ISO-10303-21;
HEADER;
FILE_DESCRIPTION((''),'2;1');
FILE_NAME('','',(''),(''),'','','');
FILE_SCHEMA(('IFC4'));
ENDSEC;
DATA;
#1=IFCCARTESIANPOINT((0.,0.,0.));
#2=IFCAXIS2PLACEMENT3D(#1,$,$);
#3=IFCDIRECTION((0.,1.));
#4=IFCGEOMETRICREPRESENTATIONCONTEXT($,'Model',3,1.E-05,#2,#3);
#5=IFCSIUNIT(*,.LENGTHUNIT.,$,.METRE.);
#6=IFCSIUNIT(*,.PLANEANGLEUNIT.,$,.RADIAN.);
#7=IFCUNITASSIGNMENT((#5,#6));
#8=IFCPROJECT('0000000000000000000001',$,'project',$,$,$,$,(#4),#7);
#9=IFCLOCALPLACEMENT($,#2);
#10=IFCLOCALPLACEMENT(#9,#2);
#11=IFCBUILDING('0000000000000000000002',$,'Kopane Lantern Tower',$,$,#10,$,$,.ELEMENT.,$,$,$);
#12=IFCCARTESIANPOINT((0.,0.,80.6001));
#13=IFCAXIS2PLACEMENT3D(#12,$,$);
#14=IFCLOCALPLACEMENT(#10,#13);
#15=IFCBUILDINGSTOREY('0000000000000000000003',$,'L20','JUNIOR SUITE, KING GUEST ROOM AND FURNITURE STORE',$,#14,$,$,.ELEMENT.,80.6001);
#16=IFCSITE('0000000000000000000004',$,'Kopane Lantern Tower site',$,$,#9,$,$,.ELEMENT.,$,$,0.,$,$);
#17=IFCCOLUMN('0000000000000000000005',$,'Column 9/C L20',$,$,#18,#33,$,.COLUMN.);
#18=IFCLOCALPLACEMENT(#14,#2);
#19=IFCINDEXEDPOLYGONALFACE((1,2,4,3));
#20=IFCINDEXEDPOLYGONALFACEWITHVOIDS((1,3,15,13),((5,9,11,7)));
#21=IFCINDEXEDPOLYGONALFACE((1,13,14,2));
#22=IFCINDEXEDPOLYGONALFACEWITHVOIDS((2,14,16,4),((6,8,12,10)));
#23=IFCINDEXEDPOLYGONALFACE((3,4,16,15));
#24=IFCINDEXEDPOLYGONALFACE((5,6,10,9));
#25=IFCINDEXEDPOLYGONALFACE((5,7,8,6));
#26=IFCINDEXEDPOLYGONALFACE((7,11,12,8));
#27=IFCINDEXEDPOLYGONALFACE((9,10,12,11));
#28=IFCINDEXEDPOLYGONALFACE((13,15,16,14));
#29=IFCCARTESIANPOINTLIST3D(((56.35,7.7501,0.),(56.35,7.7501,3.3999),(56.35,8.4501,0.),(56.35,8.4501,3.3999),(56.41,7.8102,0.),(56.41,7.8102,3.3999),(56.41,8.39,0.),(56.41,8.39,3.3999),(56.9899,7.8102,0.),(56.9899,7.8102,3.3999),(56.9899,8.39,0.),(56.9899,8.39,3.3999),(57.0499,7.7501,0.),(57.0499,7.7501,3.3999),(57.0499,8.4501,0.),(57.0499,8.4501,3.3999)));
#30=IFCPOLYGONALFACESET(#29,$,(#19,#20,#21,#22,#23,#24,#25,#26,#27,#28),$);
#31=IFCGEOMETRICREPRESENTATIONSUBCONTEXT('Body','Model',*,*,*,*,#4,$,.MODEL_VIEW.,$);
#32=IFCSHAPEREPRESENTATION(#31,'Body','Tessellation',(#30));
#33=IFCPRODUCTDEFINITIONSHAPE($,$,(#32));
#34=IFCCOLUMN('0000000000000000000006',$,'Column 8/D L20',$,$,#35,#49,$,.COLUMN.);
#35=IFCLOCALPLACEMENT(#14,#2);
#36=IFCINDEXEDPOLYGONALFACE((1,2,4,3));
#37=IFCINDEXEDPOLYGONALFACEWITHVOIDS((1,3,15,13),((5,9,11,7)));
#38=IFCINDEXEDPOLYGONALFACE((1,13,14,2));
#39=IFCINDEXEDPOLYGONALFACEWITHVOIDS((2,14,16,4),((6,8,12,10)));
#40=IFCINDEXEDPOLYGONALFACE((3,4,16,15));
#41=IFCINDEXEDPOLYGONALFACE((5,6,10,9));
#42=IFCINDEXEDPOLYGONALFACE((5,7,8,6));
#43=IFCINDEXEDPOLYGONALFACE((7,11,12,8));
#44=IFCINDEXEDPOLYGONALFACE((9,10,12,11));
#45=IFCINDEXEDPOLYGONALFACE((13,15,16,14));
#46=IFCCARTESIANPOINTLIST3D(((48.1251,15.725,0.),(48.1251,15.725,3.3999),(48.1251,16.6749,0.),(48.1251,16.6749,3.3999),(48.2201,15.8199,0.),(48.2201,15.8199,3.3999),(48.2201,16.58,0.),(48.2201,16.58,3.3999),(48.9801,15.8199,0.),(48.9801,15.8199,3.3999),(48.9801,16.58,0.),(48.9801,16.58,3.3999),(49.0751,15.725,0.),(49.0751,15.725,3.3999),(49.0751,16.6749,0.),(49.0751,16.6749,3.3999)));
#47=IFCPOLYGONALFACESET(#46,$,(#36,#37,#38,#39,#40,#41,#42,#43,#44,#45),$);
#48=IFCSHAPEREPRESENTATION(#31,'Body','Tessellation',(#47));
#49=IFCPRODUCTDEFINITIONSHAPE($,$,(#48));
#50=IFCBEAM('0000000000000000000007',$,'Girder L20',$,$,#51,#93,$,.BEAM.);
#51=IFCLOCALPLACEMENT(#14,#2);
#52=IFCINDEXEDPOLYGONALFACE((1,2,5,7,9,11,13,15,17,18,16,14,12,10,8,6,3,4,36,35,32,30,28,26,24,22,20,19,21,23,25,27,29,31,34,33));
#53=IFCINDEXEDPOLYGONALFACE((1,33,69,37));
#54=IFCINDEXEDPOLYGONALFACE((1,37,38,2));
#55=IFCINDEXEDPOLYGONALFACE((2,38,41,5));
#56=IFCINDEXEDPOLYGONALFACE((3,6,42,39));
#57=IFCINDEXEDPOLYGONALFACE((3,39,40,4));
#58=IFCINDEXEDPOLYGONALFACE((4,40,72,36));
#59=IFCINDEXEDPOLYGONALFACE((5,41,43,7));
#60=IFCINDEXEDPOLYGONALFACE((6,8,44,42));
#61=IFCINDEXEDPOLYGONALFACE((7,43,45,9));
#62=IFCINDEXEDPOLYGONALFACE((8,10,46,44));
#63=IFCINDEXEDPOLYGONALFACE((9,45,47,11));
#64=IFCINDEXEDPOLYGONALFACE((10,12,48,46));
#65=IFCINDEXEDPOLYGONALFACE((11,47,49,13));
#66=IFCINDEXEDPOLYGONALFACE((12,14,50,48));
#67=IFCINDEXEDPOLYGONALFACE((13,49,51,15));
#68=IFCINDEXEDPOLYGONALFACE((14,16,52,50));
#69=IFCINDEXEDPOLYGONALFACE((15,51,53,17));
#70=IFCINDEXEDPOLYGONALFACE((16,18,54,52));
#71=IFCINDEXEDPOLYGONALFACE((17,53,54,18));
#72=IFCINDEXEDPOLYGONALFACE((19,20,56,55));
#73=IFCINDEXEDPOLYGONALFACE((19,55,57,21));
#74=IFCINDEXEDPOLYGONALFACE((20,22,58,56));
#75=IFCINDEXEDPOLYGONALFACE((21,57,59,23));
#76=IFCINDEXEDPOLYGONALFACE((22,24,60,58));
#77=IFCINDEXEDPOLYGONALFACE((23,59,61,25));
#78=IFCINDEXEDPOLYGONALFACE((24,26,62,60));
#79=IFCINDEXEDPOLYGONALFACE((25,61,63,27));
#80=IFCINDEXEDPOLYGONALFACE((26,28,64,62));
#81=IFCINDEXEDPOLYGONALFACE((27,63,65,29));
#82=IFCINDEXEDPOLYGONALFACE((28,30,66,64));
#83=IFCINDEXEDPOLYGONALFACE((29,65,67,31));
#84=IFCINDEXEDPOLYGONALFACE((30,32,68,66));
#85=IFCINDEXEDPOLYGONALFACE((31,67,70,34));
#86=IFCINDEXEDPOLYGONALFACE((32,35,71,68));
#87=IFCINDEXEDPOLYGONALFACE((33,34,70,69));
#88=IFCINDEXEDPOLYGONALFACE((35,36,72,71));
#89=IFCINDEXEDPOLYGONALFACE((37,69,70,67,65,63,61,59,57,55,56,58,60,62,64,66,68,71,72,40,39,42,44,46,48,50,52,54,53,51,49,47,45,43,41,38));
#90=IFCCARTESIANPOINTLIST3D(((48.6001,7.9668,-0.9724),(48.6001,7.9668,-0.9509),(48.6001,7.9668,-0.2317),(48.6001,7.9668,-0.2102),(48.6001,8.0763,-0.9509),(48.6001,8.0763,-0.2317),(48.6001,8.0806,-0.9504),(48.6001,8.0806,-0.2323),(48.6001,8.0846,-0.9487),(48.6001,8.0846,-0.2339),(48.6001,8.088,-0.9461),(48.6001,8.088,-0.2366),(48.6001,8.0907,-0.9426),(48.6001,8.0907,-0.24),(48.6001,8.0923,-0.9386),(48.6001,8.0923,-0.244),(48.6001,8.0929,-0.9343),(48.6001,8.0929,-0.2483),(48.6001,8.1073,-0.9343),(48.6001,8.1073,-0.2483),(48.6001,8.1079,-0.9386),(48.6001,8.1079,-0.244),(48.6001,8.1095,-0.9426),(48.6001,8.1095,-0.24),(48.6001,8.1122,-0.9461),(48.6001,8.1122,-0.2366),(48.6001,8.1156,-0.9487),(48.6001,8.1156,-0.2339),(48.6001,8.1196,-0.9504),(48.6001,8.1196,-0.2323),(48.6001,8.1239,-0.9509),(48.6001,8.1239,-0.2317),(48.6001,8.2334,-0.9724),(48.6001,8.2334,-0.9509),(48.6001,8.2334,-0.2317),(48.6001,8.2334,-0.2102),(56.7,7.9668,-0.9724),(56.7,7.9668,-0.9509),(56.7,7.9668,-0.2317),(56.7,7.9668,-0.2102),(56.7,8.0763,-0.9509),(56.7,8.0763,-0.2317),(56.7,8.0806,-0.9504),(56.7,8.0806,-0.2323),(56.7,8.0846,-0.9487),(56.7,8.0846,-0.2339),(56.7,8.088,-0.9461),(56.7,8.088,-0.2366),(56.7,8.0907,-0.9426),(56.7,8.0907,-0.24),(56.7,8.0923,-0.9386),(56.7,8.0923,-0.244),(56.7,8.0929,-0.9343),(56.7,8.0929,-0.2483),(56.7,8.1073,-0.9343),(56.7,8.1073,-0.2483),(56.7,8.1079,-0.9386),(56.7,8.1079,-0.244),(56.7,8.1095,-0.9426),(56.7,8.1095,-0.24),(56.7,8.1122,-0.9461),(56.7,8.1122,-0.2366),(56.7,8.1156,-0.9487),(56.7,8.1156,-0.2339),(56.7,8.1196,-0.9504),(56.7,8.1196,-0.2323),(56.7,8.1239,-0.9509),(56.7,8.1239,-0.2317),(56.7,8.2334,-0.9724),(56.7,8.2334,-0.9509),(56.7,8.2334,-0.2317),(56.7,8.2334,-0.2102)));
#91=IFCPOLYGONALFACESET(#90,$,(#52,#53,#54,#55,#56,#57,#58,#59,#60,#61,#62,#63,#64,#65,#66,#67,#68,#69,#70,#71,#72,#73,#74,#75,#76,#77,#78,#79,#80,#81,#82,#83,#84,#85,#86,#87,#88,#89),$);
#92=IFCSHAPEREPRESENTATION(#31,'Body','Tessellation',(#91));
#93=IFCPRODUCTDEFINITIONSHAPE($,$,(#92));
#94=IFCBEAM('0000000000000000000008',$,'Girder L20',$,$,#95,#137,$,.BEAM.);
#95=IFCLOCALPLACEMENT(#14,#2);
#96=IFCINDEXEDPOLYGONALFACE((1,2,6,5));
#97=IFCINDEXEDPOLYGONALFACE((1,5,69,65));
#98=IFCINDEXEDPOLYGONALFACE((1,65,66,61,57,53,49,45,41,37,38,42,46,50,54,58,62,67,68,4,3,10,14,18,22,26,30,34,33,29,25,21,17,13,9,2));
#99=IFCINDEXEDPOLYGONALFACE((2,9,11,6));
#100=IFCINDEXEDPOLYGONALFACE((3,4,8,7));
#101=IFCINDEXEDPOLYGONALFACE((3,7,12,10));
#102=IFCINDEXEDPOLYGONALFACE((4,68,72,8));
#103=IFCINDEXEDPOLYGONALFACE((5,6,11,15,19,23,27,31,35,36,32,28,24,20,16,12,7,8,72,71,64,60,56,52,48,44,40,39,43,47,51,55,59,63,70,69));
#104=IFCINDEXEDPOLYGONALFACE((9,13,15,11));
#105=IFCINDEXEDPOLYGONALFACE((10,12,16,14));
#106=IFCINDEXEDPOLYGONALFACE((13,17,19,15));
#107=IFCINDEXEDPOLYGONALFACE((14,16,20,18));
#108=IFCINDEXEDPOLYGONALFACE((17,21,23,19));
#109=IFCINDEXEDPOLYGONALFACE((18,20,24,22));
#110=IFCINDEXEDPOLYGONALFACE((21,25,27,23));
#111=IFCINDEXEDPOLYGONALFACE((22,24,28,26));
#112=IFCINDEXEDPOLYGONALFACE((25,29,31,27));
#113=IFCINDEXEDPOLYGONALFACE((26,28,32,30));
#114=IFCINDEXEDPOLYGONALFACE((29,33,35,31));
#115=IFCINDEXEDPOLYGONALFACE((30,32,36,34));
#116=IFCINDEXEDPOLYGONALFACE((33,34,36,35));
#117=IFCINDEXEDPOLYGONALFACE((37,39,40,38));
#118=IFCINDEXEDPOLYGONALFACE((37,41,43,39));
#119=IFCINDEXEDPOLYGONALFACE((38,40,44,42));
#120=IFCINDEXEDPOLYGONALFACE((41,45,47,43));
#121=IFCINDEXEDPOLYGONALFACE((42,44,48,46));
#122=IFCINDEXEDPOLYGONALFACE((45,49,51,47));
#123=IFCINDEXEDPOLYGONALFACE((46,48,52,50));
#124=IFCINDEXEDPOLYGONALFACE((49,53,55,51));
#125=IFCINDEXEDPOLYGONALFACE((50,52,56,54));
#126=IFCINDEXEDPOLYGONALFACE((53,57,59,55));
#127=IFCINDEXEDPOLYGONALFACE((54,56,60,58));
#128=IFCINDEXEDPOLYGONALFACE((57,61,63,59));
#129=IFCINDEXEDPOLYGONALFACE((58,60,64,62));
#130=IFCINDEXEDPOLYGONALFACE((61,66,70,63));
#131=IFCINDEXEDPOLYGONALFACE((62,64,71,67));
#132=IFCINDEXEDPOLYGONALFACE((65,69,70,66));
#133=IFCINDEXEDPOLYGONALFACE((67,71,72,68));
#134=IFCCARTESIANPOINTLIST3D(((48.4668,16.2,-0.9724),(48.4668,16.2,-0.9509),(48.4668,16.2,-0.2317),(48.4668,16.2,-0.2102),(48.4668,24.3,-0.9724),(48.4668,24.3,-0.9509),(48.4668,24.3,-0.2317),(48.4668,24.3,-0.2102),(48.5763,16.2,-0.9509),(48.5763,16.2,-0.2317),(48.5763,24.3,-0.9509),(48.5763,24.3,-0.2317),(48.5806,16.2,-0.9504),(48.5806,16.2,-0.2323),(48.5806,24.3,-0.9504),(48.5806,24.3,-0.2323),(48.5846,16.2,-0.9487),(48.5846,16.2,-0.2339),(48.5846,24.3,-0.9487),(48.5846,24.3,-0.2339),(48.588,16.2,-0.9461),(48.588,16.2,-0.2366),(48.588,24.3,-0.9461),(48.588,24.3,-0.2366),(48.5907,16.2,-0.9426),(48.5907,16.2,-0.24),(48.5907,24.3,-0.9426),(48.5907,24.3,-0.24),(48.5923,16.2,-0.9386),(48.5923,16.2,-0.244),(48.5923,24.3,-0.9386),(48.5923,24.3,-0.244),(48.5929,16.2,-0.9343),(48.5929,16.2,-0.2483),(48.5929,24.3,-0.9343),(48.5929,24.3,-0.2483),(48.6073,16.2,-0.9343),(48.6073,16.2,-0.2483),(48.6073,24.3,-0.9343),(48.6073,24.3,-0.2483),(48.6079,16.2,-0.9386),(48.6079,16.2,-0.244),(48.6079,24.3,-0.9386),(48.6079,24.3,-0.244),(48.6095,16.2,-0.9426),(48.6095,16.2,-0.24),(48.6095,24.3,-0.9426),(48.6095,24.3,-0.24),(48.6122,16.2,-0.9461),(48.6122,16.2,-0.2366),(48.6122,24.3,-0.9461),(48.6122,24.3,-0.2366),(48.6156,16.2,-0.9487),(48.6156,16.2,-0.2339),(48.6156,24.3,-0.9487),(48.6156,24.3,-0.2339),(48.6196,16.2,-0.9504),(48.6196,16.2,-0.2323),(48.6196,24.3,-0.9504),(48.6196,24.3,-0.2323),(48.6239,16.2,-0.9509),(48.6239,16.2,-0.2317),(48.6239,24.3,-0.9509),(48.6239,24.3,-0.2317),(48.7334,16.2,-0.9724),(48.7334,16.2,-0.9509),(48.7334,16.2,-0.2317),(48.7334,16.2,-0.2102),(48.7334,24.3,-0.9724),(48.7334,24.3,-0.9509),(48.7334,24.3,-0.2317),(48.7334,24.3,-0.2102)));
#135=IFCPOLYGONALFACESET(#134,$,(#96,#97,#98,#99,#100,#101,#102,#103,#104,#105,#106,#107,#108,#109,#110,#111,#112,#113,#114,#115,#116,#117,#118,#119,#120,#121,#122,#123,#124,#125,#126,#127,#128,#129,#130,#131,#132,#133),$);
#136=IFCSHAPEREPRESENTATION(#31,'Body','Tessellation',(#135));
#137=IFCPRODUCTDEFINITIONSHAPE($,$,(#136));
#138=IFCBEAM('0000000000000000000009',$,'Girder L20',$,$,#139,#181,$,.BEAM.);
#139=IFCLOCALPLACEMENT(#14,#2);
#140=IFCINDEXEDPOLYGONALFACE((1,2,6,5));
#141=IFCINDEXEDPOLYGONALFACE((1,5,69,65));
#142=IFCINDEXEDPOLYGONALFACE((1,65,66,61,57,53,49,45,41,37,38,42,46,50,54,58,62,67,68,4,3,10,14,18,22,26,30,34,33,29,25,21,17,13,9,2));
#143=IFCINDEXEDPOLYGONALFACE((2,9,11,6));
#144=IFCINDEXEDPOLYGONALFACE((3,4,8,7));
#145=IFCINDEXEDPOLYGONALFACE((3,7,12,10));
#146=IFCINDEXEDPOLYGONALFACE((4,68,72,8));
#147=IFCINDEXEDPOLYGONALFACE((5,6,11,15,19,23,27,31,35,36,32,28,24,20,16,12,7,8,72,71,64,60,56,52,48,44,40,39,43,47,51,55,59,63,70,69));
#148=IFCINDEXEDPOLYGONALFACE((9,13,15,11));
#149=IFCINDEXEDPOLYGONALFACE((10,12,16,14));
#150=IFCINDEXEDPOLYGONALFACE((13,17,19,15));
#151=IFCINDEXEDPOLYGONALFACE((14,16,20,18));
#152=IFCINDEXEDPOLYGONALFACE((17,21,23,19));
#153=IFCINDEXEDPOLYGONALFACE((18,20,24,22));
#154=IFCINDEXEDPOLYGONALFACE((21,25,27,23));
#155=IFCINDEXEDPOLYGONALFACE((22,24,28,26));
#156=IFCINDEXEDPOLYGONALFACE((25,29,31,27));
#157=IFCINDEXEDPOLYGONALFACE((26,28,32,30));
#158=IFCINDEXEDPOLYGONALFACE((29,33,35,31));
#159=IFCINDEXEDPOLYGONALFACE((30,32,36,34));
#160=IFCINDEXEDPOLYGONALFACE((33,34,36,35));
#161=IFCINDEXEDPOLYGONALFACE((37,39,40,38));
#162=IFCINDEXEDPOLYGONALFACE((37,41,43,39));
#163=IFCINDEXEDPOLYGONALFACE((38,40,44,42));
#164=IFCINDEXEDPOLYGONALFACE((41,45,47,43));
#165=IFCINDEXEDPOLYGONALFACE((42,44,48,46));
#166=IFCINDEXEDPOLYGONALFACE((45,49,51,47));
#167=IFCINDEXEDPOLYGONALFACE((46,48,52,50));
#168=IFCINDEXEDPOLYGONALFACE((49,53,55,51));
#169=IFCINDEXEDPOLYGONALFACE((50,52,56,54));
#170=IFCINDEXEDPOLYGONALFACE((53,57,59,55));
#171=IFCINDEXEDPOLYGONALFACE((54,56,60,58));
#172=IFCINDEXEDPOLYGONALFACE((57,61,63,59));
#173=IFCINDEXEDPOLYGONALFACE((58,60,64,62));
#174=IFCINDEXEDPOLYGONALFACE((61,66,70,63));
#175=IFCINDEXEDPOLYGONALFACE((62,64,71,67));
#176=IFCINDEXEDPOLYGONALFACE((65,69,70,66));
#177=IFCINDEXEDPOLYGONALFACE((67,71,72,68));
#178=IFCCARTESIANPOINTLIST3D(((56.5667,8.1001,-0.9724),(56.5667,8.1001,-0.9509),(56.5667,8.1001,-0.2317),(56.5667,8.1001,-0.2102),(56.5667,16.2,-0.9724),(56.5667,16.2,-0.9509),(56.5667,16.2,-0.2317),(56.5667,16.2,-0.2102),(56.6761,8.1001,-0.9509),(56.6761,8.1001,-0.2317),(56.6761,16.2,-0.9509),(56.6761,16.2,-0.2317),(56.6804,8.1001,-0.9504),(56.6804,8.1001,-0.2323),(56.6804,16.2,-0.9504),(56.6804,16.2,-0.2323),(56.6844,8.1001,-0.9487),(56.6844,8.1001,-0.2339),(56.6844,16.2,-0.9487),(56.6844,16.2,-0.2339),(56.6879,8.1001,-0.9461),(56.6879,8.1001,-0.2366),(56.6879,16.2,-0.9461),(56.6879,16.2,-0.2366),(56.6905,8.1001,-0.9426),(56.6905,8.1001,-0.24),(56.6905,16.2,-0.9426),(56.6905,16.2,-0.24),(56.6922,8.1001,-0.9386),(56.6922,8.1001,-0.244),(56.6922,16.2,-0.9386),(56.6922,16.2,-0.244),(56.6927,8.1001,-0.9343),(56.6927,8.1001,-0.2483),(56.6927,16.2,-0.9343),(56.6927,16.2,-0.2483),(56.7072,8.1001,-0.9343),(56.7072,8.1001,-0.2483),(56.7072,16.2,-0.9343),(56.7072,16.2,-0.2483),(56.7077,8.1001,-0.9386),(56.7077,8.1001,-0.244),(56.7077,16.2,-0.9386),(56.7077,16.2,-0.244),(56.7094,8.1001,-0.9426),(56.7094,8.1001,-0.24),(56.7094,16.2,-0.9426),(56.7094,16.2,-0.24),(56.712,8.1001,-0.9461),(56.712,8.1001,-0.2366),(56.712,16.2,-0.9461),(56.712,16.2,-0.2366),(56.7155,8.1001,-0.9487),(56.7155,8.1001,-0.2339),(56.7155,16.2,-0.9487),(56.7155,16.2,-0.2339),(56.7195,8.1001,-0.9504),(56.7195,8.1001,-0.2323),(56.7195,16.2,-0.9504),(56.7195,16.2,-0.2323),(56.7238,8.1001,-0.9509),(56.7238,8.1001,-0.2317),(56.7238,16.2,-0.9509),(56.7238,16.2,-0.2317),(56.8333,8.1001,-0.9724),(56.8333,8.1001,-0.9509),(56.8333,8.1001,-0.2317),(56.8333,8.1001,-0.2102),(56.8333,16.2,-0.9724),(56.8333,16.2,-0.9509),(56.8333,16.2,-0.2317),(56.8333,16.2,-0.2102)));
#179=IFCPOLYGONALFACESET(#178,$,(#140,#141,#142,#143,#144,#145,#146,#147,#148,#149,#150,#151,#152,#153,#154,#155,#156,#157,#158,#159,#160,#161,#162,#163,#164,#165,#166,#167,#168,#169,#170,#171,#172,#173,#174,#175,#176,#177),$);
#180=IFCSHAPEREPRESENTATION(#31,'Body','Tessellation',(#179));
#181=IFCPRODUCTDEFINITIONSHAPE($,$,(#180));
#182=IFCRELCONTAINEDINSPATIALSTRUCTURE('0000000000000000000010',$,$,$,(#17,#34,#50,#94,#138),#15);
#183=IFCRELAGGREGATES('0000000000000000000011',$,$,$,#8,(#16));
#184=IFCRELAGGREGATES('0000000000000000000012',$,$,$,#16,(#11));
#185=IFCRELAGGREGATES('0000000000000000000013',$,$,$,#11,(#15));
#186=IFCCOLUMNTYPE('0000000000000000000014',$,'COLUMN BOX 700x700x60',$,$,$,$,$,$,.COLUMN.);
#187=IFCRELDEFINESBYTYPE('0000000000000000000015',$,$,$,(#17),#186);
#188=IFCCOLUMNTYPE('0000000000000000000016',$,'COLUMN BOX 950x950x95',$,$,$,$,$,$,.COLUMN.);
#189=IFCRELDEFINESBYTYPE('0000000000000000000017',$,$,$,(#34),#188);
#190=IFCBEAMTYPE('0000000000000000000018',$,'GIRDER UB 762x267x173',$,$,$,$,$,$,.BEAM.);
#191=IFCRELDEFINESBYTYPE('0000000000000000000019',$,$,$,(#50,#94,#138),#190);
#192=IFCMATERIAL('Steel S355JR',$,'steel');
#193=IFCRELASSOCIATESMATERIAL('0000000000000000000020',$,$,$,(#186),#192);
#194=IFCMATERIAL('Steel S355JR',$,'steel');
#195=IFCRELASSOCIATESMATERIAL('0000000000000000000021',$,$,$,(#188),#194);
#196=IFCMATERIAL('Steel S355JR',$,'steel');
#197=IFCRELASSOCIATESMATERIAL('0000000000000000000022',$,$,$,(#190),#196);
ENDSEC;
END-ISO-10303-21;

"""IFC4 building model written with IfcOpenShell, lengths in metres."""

from ifc_helpers import new_model, si_unit, direction, frame, origin, origin_2d, place, context, subcontext, project, spatial, hollow_rectangle, i_section, extrude, material, material_profile, profile_set, type_object, element, save


model = new_model("IFC4")

# Units and contexts
model_context = context("Model", 3, precision=1e-05, world=origin(), true_north=direction((0.0, 1.0)))
body_context = subcontext(model_context, "Body", "Model", "MODEL_VIEW")
ifc_project = project(units=[si_unit("LENGTHUNIT", "METRE"), si_unit("PLANEANGLEUNIT", "RADIAN")], contexts=[model_context])

# Site, building, storey
site_placement = place(None, origin())
site = spatial("IfcSite", under=ifc_project, at=site_placement, Name="Kopane Lantern Tower site", CompositionType="ELEMENT", RefElevation=0.0)
building_placement = place(site_placement, origin())
building = spatial("IfcBuilding", under=site, at=building_placement, Name="Kopane Lantern Tower", CompositionType="ELEMENT")
storey_placement = place(building_placement, frame((0.0, 0.0, 80.6001)))
storey = spatial("IfcBuildingStorey", under=building, at=storey_placement, Name="L20", Description="JUNIOR SUITE, KING GUEST ROOM AND FURNITURE STORE", CompositionType="ELEMENT", Elevation=80.6001)

# Columns
ifc_material_1 = material(Name="Steel S355JR", Category="steel")
ifc_material_profile_1 = material_profile(ifc_material_1, hollow_rectangle(XDim=0.7, YDim=0.7, WallThickness=0.0601, at=origin_2d()), Name="BOX 700x700x60")
ifc_profile_set_1 = profile_set([ifc_material_profile_1], Name="Steel S355JR")
column_type_1 = type_object("IfcColumnType", Name="COLUMN BOX 700x700x60", PredefinedType="COLUMN", material=ifc_profile_set_1)
column_1_placement = place(storey_placement, frame((56.7, 8.1001, 0.0), z_axis=(0.0, 0.0, 1.0), x_axis=(1.0, 0.0, 0.0)))
element("IfcColumn", 1, at=column_1_placement, inside=storey, type_object=column_type_1, Name="Column 9/C L20", PredefinedType="COLUMN", context=body_context, shape_type="SweptSolid", body=[
    extrude(hollow_rectangle(XDim=0.7, YDim=0.7, WallThickness=0.0601, at=origin_2d()), origin(), (0.0, 0.0, 1.0), 3.3999),
])
ifc_material_2 = material(Name="Steel S355JR", Category="steel")
ifc_material_profile_2 = material_profile(ifc_material_2, hollow_rectangle(XDim=0.95, YDim=0.95, WallThickness=0.095, at=origin_2d()), Name="BOX 950x950x95")
ifc_profile_set_2 = profile_set([ifc_material_profile_2], Name="Steel S355JR")
column_type_2 = type_object("IfcColumnType", Name="COLUMN BOX 950x950x95", PredefinedType="COLUMN", material=ifc_profile_set_2)
column_2_placement = place(storey_placement, frame((48.6001, 16.2, 0.0), z_axis=(0.0, 0.0, 1.0), x_axis=(1.0, 0.0, 0.0)))
element("IfcColumn", 2, at=column_2_placement, inside=storey, type_object=column_type_2, Name="Column 8/D L20", PredefinedType="COLUMN", context=body_context, shape_type="SweptSolid", body=[
    extrude(hollow_rectangle(XDim=0.95, YDim=0.95, WallThickness=0.095, at=origin_2d()), origin(), (0.0, 0.0, 1.0), 3.3999),
])

# Beams
ifc_material_3 = material(Name="Steel S355JR", Category="steel")
ifc_material_profile_3 = material_profile(ifc_material_3, i_section(OverallWidth=0.2666, OverallDepth=0.7622, WebThickness=0.0144, FlangeThickness=0.0215, FilletRadius=0.0166, at=origin_2d()), Name="UB 762x267x173")
ifc_profile_set_3 = profile_set([ifc_material_profile_3], Name="Steel S355JR")
beam_type = type_object("IfcBeamType", Name="GIRDER UB 762x267x173", PredefinedType="BEAM", material=ifc_profile_set_3)
beam_1_placement = place(storey_placement, frame((48.6001, 8.1001, -0.5913), z_axis=(1.0, 0.0, 0.0), x_axis=(0.0, 1.0, 0.0)))
element("IfcBeam", 3, at=beam_1_placement, inside=storey, type_object=beam_type, Name="Girder L20", PredefinedType="BEAM", context=body_context, shape_type="SweptSolid", body=[
    extrude(i_section(OverallWidth=0.2666, OverallDepth=0.7622, WebThickness=0.0144, FlangeThickness=0.0215, FilletRadius=0.0166, at=origin_2d()), origin(), (0.0, 0.0, 1.0), 8.0999),
])
beam_2_placement = place(storey_placement, frame((48.6001, 16.2, -0.5913), z_axis=(0.0, 1.0, 0.0), x_axis=(-1.0, 0.0, 0.0)))
element("IfcBeam", 4, at=beam_2_placement, inside=storey, type_object=beam_type, Name="Girder L20", PredefinedType="BEAM", context=body_context, shape_type="SweptSolid", body=[
    extrude(i_section(OverallWidth=0.2666, OverallDepth=0.7622, WebThickness=0.0144, FlangeThickness=0.0215, FilletRadius=0.0166, at=origin_2d()), origin(), (0.0, 0.0, 1.0), 8.1001),
])
beam_3_placement = place(storey_placement, frame((56.7, 8.1001, -0.5913), z_axis=(0.0, 1.0, 0.0), x_axis=(-1.0, 0.0, 0.0)))
element("IfcBeam", 5, at=beam_3_placement, inside=storey, type_object=beam_type, Name="Girder L20", PredefinedType="BEAM", context=body_context, shape_type="SweptSolid", body=[
    extrude(i_section(OverallWidth=0.2666, OverallDepth=0.7622, WebThickness=0.0144, FlangeThickness=0.0215, FilletRadius=0.0166, at=origin_2d()), origin(), (0.0, 0.0, 1.0), 8.0999),
])

save(model, "model.ifc")
